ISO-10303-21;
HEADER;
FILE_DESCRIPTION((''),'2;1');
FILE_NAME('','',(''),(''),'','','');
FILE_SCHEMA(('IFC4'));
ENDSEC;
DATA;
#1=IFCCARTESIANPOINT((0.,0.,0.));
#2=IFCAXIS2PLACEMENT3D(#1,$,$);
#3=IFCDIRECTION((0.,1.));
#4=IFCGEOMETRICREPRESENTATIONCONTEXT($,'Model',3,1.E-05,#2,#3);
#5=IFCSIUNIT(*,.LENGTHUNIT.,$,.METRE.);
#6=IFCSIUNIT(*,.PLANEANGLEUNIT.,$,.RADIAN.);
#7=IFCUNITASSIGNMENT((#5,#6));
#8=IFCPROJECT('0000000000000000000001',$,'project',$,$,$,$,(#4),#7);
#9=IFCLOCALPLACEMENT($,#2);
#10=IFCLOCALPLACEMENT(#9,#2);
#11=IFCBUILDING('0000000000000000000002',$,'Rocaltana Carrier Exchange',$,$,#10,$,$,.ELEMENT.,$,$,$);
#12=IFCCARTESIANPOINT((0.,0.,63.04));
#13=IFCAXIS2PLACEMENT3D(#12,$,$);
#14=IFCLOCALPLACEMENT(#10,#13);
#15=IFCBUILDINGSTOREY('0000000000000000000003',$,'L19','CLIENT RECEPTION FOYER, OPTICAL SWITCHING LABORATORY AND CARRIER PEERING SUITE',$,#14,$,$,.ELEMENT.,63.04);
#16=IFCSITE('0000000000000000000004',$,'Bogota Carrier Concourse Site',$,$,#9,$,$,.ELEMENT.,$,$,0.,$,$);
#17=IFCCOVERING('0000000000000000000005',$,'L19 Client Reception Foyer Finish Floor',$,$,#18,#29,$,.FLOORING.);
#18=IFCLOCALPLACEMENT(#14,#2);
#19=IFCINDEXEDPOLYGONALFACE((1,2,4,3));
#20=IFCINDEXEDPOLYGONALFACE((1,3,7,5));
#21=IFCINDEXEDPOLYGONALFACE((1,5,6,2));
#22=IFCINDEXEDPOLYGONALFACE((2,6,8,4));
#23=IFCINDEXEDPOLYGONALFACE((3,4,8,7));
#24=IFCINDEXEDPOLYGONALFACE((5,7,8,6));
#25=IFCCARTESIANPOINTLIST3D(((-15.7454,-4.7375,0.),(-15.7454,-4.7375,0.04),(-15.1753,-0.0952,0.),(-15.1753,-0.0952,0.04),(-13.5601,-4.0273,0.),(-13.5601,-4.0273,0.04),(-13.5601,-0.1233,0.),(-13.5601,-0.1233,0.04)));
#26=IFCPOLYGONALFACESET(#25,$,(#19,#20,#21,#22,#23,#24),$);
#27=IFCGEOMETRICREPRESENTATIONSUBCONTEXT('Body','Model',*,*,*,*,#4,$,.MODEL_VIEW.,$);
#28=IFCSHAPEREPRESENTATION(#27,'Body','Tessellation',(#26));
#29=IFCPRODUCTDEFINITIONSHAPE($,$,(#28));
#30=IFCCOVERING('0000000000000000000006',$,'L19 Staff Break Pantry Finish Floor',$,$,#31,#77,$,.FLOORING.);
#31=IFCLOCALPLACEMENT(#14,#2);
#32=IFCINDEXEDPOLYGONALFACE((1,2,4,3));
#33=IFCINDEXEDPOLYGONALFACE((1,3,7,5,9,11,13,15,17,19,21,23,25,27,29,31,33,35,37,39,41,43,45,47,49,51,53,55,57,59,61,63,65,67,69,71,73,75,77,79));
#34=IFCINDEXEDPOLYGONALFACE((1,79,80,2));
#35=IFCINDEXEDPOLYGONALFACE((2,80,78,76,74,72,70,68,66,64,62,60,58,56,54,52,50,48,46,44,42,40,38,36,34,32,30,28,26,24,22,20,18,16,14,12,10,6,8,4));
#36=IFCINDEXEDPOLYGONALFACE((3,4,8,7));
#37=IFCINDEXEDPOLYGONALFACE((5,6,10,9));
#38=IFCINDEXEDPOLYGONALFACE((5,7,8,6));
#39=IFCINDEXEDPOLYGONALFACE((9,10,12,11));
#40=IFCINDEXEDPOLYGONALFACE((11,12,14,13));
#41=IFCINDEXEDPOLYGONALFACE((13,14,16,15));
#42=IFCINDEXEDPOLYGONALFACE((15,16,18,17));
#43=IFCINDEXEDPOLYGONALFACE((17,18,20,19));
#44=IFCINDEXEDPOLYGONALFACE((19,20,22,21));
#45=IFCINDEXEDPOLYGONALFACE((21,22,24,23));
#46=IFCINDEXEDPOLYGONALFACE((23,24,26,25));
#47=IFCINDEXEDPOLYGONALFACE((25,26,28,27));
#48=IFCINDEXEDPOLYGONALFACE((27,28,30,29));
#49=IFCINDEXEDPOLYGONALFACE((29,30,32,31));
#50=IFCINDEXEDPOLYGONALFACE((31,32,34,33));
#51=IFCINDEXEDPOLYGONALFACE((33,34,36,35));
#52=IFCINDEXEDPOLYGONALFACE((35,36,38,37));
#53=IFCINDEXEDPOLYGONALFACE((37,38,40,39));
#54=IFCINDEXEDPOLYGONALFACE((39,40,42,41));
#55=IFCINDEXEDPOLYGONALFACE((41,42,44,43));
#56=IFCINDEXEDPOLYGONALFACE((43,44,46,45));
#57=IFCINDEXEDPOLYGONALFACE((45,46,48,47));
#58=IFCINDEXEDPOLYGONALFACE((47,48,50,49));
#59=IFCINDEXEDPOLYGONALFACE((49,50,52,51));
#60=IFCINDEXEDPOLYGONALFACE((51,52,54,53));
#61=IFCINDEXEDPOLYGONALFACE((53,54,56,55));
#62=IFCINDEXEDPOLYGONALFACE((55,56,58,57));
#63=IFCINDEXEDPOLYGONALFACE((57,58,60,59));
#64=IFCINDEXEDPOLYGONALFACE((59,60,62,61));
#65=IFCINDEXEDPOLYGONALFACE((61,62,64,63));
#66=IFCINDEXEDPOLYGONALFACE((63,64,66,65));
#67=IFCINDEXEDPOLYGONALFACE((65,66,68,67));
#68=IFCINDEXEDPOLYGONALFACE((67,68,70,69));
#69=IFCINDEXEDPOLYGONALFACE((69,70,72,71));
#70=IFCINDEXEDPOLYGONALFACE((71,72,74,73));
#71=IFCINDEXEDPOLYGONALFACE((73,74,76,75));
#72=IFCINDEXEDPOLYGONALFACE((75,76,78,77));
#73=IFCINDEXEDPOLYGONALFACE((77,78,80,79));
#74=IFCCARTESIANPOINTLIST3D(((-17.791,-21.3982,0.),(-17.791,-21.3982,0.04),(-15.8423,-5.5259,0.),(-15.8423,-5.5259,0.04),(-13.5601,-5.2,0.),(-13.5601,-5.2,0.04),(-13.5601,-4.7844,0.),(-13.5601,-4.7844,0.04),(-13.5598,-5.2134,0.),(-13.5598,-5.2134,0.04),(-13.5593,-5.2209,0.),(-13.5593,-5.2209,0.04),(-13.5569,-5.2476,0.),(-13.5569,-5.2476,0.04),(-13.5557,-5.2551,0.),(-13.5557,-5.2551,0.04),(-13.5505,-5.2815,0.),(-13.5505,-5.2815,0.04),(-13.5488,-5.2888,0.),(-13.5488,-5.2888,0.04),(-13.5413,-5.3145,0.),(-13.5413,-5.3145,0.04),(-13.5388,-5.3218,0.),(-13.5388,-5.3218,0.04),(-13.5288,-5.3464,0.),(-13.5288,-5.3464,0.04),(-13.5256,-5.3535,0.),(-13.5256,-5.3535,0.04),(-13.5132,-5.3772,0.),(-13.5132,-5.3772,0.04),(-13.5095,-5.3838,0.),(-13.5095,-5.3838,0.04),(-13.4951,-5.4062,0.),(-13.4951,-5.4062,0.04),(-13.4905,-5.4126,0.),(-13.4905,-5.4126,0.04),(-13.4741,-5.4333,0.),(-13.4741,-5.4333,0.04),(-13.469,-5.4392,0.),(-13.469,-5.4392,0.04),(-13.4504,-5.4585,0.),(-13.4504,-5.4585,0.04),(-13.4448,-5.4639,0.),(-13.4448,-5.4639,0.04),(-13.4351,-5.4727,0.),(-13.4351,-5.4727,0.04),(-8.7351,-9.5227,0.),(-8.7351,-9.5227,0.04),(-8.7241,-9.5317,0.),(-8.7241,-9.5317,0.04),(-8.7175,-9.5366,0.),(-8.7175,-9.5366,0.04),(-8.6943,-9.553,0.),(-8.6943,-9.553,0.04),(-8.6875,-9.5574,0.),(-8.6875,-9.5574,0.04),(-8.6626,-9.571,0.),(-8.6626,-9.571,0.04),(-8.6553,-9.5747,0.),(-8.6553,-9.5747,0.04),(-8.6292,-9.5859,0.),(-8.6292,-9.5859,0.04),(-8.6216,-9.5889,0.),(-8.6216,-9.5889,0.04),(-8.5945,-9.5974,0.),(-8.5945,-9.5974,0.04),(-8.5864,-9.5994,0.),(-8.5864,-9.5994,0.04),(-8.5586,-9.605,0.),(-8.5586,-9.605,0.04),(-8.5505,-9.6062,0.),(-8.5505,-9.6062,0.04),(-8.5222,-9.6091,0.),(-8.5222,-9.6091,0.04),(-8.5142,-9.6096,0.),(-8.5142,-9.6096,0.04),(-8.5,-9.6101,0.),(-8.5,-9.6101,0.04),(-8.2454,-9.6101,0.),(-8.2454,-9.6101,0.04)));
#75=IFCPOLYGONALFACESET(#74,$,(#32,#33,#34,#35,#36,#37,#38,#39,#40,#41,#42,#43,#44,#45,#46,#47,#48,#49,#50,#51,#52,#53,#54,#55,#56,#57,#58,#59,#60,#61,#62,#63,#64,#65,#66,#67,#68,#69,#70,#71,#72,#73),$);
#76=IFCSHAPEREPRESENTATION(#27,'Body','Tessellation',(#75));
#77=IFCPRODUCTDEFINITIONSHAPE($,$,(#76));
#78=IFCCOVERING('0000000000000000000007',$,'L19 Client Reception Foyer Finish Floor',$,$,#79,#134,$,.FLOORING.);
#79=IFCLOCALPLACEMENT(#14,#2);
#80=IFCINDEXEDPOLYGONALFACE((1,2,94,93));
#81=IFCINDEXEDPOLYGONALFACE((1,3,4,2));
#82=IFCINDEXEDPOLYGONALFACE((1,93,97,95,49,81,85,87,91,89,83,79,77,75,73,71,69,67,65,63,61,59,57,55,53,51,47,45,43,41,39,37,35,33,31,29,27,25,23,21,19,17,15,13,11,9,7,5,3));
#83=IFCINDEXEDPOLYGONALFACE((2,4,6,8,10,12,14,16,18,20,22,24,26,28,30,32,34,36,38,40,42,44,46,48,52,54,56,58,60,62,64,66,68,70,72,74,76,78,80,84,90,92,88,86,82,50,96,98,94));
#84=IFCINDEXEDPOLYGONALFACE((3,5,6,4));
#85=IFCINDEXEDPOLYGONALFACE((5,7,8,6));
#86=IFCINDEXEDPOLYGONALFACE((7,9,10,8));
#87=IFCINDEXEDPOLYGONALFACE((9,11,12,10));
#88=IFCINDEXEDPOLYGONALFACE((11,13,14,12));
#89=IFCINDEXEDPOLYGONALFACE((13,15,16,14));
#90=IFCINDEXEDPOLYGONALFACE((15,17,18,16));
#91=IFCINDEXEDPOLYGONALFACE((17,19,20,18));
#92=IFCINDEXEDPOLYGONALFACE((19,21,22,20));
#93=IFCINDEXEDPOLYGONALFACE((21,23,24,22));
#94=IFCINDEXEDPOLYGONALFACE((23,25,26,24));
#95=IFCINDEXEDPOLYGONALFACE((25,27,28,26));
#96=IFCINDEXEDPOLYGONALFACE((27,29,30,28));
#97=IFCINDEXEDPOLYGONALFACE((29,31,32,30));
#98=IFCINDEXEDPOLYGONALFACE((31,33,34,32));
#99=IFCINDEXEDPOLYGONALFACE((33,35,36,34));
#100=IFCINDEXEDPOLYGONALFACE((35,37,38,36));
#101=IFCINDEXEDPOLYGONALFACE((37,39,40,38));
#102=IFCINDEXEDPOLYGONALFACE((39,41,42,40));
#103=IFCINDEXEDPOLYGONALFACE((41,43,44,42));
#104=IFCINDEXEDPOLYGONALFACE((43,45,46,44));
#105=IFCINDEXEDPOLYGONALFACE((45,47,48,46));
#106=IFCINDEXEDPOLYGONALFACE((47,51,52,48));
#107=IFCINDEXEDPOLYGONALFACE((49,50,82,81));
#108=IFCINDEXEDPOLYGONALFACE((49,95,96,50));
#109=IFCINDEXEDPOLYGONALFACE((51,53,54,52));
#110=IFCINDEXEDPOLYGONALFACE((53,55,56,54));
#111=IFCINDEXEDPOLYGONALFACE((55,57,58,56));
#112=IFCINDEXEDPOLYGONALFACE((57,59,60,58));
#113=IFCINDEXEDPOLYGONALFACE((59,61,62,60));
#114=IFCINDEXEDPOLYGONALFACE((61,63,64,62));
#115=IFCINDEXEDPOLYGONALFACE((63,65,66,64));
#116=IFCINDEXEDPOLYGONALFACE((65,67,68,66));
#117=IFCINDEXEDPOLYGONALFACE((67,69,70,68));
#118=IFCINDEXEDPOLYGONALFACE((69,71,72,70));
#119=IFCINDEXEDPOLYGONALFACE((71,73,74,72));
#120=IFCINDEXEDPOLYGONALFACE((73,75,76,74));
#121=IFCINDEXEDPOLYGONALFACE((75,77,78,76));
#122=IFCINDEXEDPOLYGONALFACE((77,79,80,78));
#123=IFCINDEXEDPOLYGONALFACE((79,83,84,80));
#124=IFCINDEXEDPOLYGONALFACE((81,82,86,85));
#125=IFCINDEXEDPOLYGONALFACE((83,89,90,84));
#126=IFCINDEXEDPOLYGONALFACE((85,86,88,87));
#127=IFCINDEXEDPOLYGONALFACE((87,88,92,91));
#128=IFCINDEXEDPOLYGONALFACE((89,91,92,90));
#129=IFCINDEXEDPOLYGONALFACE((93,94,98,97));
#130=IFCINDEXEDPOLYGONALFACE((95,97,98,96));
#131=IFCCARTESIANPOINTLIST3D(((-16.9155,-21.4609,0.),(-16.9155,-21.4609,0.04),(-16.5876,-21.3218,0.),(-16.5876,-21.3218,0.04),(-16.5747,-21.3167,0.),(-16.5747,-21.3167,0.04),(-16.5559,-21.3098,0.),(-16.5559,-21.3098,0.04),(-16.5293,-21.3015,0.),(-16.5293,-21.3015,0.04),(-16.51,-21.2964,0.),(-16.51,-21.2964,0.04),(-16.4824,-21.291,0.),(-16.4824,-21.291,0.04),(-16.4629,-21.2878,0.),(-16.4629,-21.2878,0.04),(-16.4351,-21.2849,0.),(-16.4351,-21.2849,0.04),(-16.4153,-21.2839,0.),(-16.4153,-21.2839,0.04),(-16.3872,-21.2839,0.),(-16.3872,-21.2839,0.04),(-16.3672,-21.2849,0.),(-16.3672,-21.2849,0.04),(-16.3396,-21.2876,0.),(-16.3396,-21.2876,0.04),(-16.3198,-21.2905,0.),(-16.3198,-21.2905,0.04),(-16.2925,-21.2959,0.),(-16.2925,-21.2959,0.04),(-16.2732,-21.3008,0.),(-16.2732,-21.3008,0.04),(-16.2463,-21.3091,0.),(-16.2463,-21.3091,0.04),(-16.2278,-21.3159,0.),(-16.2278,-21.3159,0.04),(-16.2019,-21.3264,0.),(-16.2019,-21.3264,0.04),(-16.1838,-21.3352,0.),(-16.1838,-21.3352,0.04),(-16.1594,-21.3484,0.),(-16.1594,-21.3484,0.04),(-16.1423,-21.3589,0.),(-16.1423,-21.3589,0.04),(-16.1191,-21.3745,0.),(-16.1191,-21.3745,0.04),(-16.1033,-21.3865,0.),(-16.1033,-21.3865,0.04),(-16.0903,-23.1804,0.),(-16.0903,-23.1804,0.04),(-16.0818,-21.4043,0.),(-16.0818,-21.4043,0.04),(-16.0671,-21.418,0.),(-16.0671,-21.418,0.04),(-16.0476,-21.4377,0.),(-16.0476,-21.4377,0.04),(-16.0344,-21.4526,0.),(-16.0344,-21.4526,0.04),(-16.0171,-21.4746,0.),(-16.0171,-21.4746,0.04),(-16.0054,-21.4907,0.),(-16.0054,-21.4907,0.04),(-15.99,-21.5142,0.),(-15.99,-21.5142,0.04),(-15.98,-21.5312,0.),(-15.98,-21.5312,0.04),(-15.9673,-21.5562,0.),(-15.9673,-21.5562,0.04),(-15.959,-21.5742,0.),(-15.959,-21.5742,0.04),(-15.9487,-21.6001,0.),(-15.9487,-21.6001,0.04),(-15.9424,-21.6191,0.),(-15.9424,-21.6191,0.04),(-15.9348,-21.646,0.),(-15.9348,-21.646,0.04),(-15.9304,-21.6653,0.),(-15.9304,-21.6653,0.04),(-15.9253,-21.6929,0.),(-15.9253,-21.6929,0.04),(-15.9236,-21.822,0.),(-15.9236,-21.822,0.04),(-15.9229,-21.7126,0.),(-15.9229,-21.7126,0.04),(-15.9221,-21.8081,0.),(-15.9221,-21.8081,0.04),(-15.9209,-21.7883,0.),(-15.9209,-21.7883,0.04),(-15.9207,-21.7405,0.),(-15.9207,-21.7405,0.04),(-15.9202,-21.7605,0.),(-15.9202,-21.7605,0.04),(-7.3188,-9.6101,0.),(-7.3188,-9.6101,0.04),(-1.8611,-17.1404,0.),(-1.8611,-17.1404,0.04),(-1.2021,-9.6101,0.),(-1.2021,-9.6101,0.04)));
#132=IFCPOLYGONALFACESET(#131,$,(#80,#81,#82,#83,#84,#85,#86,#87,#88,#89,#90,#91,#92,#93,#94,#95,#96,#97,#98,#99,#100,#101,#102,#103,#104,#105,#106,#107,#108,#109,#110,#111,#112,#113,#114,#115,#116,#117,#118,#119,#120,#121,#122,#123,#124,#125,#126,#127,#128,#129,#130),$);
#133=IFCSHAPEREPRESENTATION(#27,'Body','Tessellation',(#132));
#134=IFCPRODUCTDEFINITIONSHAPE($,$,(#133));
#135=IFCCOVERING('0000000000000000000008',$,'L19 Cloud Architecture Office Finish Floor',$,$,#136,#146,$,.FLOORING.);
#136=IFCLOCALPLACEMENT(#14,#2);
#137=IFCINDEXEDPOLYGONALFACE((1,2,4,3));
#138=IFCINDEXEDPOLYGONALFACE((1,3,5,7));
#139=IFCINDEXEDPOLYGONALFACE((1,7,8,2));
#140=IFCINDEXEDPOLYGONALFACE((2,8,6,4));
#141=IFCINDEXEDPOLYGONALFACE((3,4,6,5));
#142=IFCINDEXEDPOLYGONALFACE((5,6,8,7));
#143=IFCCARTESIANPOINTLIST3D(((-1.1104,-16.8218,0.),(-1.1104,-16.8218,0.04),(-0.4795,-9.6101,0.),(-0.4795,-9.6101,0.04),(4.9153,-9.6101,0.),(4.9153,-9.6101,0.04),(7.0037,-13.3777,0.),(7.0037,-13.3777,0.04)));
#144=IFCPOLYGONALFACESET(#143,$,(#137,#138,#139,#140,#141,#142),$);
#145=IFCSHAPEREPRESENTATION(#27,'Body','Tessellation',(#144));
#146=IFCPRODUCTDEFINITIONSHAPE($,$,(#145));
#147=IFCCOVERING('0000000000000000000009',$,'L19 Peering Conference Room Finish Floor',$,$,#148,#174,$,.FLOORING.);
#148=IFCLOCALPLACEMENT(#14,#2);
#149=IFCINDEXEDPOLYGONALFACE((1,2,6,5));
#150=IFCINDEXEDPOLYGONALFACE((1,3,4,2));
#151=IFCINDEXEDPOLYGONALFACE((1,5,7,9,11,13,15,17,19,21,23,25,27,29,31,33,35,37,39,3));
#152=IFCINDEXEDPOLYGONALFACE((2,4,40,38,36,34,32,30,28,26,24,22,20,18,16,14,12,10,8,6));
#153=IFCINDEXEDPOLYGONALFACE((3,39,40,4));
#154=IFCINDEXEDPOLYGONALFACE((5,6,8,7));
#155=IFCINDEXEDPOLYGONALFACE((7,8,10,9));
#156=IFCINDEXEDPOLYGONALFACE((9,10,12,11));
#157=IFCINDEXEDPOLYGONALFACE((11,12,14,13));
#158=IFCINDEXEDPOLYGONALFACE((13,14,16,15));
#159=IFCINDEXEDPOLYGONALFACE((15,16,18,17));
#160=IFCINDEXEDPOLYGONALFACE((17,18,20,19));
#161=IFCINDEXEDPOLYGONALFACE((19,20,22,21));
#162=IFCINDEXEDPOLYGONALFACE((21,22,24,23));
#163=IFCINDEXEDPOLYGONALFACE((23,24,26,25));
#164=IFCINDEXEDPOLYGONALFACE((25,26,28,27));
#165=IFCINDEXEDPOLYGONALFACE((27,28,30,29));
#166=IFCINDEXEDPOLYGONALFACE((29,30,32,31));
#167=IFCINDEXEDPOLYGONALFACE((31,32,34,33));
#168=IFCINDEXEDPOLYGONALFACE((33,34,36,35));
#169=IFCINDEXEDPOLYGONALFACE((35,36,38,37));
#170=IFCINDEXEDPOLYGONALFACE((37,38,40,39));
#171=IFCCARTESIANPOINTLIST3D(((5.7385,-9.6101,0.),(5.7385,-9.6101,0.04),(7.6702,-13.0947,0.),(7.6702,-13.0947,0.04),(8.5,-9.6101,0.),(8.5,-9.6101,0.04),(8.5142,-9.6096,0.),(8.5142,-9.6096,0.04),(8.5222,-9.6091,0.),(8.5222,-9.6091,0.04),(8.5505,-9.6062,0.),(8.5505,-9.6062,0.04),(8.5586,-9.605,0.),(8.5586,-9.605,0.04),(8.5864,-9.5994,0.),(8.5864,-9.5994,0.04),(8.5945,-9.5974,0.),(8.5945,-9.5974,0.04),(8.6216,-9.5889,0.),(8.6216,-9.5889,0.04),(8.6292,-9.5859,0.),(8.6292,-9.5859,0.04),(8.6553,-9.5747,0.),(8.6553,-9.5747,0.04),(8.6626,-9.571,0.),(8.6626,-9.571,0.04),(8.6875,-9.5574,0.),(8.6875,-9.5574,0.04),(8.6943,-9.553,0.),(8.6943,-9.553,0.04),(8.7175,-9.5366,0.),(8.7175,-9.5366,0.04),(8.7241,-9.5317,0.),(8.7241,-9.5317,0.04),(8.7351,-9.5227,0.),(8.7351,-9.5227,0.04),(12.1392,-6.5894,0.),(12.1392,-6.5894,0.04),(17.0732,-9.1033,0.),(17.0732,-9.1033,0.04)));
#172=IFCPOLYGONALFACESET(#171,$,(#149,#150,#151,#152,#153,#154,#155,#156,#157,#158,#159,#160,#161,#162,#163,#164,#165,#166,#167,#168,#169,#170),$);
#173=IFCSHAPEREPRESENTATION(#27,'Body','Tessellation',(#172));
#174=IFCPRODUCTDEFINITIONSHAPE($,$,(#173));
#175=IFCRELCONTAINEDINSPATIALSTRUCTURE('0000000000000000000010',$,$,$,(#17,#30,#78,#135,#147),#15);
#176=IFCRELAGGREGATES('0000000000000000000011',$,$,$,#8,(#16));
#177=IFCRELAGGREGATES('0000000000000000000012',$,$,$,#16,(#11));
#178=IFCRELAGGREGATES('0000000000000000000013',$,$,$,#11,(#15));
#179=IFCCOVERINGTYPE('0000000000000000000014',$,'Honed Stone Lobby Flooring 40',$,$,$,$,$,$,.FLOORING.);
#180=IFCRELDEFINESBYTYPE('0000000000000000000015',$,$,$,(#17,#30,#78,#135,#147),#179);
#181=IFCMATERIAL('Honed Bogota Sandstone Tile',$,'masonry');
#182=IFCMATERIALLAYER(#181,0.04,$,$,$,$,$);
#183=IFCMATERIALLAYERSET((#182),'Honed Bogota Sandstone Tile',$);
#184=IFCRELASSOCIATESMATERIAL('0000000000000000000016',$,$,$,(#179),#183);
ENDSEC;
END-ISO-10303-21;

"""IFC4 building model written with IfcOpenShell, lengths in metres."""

from ifc_helpers import new_model, si_unit, direction, frame, origin, place, context, subcontext, project, spatial, polyline, outline, extrude, material, layer, layer_set, type_object, element, save


model = new_model("IFC4")

# Units and contexts
model_context = context("Model", 3, precision=1e-05, world=origin(), true_north=direction((0.0, 1.0)))
body_context = subcontext(model_context, "Body", "Model", "MODEL_VIEW")
ifc_project = project(units=[si_unit("LENGTHUNIT", "METRE"), si_unit("PLANEANGLEUNIT", "RADIAN")], contexts=[model_context])

# Site, building, storey
site_placement = place(None, origin())
site = spatial("IfcSite", under=ifc_project, at=site_placement, Name="Bogota Carrier Concourse Site", CompositionType="ELEMENT", RefElevation=0.0)
building_placement = place(site_placement, origin())
building = spatial("IfcBuilding", under=site, at=building_placement, Name="Rocaltana Carrier Exchange", CompositionType="ELEMENT")
storey_placement = place(building_placement, frame((0.0, 0.0, 63.04)))
storey = spatial("IfcBuildingStorey", under=building, at=storey_placement, Name="L19", Description="CLIENT RECEPTION FOYER, OPTICAL SWITCHING LABORATORY AND CARRIER PEERING SUITE", CompositionType="ELEMENT", Elevation=63.04)

# Coverings
ifc_material_1 = material(Name="Honed Bogota Sandstone Tile", Category="masonry")
ifc_layer_1 = layer(ifc_material_1, 0.04)
ifc_layer_set_1 = layer_set([ifc_layer_1], Name="Honed Bogota Sandstone Tile")
covering_type_1 = type_object("IfcCoveringType", Name="Honed Stone Lobby Flooring 40", PredefinedType="FLOORING", material=ifc_layer_set_1)
covering_1_placement = place(storey_placement, origin())
element("IfcCovering", 1, at=covering_1_placement, inside=storey, type_object=covering_type_1, Name="L19 Client Reception Foyer Finish Floor", PredefinedType="FLOORING", context=body_context, shape_type="SweptSolid", body=[
    extrude(outline(polyline([(-15.1753, -0.0952), (-13.5601, -0.1233), (-13.5601, -4.0273), (-15.7454, -4.7375), (-15.1753, -0.0952)])), origin(), (0.0, 0.0, 1.0), 0.04),
])
covering_2_placement = place(storey_placement, origin())
element("IfcCovering", 2, at=covering_2_placement, inside=storey, type_object=covering_type_1, Name="L19 Staff Break Pantry Finish Floor", PredefinedType="FLOORING", context=body_context, shape_type="SweptSolid", body=[
    extrude(outline(polyline([(-17.791, -21.3982), (-15.8423, -5.5259), (-13.5601, -4.7844), (-13.5601, -5.2), (-13.5598, -5.2134), (-13.5593, -5.2209), (-13.5569, -5.2476), (-13.5557, -5.2551), (-13.5505, -5.2815), (-13.5488, -5.2888), (-13.5413, -5.3145), (-13.5388, -5.3218), (-13.5288, -5.3464), (-13.5256, -5.3535), (-13.5132, -5.3772), (-13.5095, -5.3838), (-13.4951, -5.4062), (-13.4905, -5.4126), (-13.4741, -5.4333), (-13.469, -5.4392), (-13.4504, -5.4585), (-13.4448, -5.4639), (-13.4351, -5.4727), (-8.7351, -9.5227), (-8.7241, -9.5317), (-8.7175, -9.5366), (-8.6943, -9.553), (-8.6875, -9.5574), (-8.6626, -9.571), (-8.6553, -9.5747), (-8.6292, -9.5859), (-8.6216, -9.5889), (-8.5945, -9.5974), (-8.5864, -9.5994), (-8.5586, -9.605), (-8.5505, -9.6062), (-8.5222, -9.6091), (-8.5142, -9.6096), (-8.5, -9.6101), (-8.2454, -9.6101), (-17.791, -21.3982)])), origin(), (0.0, 0.0, 1.0), 0.04),
])
covering_3_placement = place(storey_placement, origin())
element("IfcCovering", 3, at=covering_3_placement, inside=storey, type_object=covering_type_1, Name="L19 Client Reception Foyer Finish Floor", PredefinedType="FLOORING", context=body_context, shape_type="SweptSolid", body=[
    extrude(outline(polyline([(-15.9236, -21.822), (-15.9221, -21.8081), (-15.9209, -21.7883), (-15.9202, -21.7605), (-15.9207, -21.7405), (-15.9229, -21.7126), (-15.9253, -21.6929), (-15.9304, -21.6653), (-15.9348, -21.646), (-15.9424, -21.6191), (-15.9487, -21.6001), (-15.959, -21.5742), (-15.9673, -21.5562), (-15.98, -21.5312), (-15.99, -21.5142), (-16.0054, -21.4907), (-16.0171, -21.4746), (-16.0344, -21.4526), (-16.0476, -21.4377), (-16.0671, -21.418), (-16.0818, -21.4043), (-16.1033, -21.3865), (-16.1191, -21.3745), (-16.1423, -21.3589), (-16.1594, -21.3484), (-16.1838, -21.3352), (-16.2019, -21.3264), (-16.2278, -21.3159), (-16.2463, -21.3091), (-16.2732, -21.3008), (-16.2925, -21.2959), (-16.3198, -21.2905), (-16.3396, -21.2876), (-16.3672, -21.2849), (-16.3872, -21.2839), (-16.4153, -21.2839), (-16.4351, -21.2849), (-16.4629, -21.2878), (-16.4824, -21.291), (-16.51, -21.2964), (-16.5293, -21.3015), (-16.5559, -21.3098), (-16.5747, -21.3167), (-16.5876, -21.3218), (-16.9155, -21.4609), (-7.3188, -9.6101), (-1.2021, -9.6101), (-1.8611, -17.1404), (-16.0903, -23.1804), (-15.9236, -21.822)])), origin(), (0.0, 0.0, 1.0), 0.04),
])
covering_4_placement = place(storey_placement, origin())
element("IfcCovering", 4, at=covering_4_placement, inside=storey, type_object=covering_type_1, Name="L19 Cloud Architecture Office Finish Floor", PredefinedType="FLOORING", context=body_context, shape_type="SweptSolid", body=[
    extrude(outline(polyline([(-1.1104, -16.8218), (-0.4795, -9.6101), (4.9153, -9.6101), (7.0037, -13.3777), (-1.1104, -16.8218)])), origin(), (0.0, 0.0, 1.0), 0.04),
])
covering_5_placement = place(storey_placement, origin())
element("IfcCovering", 5, at=covering_5_placement, inside=storey, type_object=covering_type_1, Name="L19 Peering Conference Room Finish Floor", PredefinedType="FLOORING", context=body_context, shape_type="SweptSolid", body=[
    extrude(outline(polyline([(7.6702, -13.0947), (5.7385, -9.6101), (8.5, -9.6101), (8.5142, -9.6096), (8.5222, -9.6091), (8.5505, -9.6062), (8.5586, -9.605), (8.5864, -9.5994), (8.5945, -9.5974), (8.6216, -9.5889), (8.6292, -9.5859), (8.6553, -9.5747), (8.6626, -9.571), (8.6875, -9.5574), (8.6943, -9.553), (8.7175, -9.5366), (8.7241, -9.5317), (8.7351, -9.5227), (12.1392, -6.5894), (17.0732, -9.1033), (7.6702, -13.0947)])), origin(), (0.0, 0.0, 1.0), 0.04),
])

save(model, "model.ifc")
